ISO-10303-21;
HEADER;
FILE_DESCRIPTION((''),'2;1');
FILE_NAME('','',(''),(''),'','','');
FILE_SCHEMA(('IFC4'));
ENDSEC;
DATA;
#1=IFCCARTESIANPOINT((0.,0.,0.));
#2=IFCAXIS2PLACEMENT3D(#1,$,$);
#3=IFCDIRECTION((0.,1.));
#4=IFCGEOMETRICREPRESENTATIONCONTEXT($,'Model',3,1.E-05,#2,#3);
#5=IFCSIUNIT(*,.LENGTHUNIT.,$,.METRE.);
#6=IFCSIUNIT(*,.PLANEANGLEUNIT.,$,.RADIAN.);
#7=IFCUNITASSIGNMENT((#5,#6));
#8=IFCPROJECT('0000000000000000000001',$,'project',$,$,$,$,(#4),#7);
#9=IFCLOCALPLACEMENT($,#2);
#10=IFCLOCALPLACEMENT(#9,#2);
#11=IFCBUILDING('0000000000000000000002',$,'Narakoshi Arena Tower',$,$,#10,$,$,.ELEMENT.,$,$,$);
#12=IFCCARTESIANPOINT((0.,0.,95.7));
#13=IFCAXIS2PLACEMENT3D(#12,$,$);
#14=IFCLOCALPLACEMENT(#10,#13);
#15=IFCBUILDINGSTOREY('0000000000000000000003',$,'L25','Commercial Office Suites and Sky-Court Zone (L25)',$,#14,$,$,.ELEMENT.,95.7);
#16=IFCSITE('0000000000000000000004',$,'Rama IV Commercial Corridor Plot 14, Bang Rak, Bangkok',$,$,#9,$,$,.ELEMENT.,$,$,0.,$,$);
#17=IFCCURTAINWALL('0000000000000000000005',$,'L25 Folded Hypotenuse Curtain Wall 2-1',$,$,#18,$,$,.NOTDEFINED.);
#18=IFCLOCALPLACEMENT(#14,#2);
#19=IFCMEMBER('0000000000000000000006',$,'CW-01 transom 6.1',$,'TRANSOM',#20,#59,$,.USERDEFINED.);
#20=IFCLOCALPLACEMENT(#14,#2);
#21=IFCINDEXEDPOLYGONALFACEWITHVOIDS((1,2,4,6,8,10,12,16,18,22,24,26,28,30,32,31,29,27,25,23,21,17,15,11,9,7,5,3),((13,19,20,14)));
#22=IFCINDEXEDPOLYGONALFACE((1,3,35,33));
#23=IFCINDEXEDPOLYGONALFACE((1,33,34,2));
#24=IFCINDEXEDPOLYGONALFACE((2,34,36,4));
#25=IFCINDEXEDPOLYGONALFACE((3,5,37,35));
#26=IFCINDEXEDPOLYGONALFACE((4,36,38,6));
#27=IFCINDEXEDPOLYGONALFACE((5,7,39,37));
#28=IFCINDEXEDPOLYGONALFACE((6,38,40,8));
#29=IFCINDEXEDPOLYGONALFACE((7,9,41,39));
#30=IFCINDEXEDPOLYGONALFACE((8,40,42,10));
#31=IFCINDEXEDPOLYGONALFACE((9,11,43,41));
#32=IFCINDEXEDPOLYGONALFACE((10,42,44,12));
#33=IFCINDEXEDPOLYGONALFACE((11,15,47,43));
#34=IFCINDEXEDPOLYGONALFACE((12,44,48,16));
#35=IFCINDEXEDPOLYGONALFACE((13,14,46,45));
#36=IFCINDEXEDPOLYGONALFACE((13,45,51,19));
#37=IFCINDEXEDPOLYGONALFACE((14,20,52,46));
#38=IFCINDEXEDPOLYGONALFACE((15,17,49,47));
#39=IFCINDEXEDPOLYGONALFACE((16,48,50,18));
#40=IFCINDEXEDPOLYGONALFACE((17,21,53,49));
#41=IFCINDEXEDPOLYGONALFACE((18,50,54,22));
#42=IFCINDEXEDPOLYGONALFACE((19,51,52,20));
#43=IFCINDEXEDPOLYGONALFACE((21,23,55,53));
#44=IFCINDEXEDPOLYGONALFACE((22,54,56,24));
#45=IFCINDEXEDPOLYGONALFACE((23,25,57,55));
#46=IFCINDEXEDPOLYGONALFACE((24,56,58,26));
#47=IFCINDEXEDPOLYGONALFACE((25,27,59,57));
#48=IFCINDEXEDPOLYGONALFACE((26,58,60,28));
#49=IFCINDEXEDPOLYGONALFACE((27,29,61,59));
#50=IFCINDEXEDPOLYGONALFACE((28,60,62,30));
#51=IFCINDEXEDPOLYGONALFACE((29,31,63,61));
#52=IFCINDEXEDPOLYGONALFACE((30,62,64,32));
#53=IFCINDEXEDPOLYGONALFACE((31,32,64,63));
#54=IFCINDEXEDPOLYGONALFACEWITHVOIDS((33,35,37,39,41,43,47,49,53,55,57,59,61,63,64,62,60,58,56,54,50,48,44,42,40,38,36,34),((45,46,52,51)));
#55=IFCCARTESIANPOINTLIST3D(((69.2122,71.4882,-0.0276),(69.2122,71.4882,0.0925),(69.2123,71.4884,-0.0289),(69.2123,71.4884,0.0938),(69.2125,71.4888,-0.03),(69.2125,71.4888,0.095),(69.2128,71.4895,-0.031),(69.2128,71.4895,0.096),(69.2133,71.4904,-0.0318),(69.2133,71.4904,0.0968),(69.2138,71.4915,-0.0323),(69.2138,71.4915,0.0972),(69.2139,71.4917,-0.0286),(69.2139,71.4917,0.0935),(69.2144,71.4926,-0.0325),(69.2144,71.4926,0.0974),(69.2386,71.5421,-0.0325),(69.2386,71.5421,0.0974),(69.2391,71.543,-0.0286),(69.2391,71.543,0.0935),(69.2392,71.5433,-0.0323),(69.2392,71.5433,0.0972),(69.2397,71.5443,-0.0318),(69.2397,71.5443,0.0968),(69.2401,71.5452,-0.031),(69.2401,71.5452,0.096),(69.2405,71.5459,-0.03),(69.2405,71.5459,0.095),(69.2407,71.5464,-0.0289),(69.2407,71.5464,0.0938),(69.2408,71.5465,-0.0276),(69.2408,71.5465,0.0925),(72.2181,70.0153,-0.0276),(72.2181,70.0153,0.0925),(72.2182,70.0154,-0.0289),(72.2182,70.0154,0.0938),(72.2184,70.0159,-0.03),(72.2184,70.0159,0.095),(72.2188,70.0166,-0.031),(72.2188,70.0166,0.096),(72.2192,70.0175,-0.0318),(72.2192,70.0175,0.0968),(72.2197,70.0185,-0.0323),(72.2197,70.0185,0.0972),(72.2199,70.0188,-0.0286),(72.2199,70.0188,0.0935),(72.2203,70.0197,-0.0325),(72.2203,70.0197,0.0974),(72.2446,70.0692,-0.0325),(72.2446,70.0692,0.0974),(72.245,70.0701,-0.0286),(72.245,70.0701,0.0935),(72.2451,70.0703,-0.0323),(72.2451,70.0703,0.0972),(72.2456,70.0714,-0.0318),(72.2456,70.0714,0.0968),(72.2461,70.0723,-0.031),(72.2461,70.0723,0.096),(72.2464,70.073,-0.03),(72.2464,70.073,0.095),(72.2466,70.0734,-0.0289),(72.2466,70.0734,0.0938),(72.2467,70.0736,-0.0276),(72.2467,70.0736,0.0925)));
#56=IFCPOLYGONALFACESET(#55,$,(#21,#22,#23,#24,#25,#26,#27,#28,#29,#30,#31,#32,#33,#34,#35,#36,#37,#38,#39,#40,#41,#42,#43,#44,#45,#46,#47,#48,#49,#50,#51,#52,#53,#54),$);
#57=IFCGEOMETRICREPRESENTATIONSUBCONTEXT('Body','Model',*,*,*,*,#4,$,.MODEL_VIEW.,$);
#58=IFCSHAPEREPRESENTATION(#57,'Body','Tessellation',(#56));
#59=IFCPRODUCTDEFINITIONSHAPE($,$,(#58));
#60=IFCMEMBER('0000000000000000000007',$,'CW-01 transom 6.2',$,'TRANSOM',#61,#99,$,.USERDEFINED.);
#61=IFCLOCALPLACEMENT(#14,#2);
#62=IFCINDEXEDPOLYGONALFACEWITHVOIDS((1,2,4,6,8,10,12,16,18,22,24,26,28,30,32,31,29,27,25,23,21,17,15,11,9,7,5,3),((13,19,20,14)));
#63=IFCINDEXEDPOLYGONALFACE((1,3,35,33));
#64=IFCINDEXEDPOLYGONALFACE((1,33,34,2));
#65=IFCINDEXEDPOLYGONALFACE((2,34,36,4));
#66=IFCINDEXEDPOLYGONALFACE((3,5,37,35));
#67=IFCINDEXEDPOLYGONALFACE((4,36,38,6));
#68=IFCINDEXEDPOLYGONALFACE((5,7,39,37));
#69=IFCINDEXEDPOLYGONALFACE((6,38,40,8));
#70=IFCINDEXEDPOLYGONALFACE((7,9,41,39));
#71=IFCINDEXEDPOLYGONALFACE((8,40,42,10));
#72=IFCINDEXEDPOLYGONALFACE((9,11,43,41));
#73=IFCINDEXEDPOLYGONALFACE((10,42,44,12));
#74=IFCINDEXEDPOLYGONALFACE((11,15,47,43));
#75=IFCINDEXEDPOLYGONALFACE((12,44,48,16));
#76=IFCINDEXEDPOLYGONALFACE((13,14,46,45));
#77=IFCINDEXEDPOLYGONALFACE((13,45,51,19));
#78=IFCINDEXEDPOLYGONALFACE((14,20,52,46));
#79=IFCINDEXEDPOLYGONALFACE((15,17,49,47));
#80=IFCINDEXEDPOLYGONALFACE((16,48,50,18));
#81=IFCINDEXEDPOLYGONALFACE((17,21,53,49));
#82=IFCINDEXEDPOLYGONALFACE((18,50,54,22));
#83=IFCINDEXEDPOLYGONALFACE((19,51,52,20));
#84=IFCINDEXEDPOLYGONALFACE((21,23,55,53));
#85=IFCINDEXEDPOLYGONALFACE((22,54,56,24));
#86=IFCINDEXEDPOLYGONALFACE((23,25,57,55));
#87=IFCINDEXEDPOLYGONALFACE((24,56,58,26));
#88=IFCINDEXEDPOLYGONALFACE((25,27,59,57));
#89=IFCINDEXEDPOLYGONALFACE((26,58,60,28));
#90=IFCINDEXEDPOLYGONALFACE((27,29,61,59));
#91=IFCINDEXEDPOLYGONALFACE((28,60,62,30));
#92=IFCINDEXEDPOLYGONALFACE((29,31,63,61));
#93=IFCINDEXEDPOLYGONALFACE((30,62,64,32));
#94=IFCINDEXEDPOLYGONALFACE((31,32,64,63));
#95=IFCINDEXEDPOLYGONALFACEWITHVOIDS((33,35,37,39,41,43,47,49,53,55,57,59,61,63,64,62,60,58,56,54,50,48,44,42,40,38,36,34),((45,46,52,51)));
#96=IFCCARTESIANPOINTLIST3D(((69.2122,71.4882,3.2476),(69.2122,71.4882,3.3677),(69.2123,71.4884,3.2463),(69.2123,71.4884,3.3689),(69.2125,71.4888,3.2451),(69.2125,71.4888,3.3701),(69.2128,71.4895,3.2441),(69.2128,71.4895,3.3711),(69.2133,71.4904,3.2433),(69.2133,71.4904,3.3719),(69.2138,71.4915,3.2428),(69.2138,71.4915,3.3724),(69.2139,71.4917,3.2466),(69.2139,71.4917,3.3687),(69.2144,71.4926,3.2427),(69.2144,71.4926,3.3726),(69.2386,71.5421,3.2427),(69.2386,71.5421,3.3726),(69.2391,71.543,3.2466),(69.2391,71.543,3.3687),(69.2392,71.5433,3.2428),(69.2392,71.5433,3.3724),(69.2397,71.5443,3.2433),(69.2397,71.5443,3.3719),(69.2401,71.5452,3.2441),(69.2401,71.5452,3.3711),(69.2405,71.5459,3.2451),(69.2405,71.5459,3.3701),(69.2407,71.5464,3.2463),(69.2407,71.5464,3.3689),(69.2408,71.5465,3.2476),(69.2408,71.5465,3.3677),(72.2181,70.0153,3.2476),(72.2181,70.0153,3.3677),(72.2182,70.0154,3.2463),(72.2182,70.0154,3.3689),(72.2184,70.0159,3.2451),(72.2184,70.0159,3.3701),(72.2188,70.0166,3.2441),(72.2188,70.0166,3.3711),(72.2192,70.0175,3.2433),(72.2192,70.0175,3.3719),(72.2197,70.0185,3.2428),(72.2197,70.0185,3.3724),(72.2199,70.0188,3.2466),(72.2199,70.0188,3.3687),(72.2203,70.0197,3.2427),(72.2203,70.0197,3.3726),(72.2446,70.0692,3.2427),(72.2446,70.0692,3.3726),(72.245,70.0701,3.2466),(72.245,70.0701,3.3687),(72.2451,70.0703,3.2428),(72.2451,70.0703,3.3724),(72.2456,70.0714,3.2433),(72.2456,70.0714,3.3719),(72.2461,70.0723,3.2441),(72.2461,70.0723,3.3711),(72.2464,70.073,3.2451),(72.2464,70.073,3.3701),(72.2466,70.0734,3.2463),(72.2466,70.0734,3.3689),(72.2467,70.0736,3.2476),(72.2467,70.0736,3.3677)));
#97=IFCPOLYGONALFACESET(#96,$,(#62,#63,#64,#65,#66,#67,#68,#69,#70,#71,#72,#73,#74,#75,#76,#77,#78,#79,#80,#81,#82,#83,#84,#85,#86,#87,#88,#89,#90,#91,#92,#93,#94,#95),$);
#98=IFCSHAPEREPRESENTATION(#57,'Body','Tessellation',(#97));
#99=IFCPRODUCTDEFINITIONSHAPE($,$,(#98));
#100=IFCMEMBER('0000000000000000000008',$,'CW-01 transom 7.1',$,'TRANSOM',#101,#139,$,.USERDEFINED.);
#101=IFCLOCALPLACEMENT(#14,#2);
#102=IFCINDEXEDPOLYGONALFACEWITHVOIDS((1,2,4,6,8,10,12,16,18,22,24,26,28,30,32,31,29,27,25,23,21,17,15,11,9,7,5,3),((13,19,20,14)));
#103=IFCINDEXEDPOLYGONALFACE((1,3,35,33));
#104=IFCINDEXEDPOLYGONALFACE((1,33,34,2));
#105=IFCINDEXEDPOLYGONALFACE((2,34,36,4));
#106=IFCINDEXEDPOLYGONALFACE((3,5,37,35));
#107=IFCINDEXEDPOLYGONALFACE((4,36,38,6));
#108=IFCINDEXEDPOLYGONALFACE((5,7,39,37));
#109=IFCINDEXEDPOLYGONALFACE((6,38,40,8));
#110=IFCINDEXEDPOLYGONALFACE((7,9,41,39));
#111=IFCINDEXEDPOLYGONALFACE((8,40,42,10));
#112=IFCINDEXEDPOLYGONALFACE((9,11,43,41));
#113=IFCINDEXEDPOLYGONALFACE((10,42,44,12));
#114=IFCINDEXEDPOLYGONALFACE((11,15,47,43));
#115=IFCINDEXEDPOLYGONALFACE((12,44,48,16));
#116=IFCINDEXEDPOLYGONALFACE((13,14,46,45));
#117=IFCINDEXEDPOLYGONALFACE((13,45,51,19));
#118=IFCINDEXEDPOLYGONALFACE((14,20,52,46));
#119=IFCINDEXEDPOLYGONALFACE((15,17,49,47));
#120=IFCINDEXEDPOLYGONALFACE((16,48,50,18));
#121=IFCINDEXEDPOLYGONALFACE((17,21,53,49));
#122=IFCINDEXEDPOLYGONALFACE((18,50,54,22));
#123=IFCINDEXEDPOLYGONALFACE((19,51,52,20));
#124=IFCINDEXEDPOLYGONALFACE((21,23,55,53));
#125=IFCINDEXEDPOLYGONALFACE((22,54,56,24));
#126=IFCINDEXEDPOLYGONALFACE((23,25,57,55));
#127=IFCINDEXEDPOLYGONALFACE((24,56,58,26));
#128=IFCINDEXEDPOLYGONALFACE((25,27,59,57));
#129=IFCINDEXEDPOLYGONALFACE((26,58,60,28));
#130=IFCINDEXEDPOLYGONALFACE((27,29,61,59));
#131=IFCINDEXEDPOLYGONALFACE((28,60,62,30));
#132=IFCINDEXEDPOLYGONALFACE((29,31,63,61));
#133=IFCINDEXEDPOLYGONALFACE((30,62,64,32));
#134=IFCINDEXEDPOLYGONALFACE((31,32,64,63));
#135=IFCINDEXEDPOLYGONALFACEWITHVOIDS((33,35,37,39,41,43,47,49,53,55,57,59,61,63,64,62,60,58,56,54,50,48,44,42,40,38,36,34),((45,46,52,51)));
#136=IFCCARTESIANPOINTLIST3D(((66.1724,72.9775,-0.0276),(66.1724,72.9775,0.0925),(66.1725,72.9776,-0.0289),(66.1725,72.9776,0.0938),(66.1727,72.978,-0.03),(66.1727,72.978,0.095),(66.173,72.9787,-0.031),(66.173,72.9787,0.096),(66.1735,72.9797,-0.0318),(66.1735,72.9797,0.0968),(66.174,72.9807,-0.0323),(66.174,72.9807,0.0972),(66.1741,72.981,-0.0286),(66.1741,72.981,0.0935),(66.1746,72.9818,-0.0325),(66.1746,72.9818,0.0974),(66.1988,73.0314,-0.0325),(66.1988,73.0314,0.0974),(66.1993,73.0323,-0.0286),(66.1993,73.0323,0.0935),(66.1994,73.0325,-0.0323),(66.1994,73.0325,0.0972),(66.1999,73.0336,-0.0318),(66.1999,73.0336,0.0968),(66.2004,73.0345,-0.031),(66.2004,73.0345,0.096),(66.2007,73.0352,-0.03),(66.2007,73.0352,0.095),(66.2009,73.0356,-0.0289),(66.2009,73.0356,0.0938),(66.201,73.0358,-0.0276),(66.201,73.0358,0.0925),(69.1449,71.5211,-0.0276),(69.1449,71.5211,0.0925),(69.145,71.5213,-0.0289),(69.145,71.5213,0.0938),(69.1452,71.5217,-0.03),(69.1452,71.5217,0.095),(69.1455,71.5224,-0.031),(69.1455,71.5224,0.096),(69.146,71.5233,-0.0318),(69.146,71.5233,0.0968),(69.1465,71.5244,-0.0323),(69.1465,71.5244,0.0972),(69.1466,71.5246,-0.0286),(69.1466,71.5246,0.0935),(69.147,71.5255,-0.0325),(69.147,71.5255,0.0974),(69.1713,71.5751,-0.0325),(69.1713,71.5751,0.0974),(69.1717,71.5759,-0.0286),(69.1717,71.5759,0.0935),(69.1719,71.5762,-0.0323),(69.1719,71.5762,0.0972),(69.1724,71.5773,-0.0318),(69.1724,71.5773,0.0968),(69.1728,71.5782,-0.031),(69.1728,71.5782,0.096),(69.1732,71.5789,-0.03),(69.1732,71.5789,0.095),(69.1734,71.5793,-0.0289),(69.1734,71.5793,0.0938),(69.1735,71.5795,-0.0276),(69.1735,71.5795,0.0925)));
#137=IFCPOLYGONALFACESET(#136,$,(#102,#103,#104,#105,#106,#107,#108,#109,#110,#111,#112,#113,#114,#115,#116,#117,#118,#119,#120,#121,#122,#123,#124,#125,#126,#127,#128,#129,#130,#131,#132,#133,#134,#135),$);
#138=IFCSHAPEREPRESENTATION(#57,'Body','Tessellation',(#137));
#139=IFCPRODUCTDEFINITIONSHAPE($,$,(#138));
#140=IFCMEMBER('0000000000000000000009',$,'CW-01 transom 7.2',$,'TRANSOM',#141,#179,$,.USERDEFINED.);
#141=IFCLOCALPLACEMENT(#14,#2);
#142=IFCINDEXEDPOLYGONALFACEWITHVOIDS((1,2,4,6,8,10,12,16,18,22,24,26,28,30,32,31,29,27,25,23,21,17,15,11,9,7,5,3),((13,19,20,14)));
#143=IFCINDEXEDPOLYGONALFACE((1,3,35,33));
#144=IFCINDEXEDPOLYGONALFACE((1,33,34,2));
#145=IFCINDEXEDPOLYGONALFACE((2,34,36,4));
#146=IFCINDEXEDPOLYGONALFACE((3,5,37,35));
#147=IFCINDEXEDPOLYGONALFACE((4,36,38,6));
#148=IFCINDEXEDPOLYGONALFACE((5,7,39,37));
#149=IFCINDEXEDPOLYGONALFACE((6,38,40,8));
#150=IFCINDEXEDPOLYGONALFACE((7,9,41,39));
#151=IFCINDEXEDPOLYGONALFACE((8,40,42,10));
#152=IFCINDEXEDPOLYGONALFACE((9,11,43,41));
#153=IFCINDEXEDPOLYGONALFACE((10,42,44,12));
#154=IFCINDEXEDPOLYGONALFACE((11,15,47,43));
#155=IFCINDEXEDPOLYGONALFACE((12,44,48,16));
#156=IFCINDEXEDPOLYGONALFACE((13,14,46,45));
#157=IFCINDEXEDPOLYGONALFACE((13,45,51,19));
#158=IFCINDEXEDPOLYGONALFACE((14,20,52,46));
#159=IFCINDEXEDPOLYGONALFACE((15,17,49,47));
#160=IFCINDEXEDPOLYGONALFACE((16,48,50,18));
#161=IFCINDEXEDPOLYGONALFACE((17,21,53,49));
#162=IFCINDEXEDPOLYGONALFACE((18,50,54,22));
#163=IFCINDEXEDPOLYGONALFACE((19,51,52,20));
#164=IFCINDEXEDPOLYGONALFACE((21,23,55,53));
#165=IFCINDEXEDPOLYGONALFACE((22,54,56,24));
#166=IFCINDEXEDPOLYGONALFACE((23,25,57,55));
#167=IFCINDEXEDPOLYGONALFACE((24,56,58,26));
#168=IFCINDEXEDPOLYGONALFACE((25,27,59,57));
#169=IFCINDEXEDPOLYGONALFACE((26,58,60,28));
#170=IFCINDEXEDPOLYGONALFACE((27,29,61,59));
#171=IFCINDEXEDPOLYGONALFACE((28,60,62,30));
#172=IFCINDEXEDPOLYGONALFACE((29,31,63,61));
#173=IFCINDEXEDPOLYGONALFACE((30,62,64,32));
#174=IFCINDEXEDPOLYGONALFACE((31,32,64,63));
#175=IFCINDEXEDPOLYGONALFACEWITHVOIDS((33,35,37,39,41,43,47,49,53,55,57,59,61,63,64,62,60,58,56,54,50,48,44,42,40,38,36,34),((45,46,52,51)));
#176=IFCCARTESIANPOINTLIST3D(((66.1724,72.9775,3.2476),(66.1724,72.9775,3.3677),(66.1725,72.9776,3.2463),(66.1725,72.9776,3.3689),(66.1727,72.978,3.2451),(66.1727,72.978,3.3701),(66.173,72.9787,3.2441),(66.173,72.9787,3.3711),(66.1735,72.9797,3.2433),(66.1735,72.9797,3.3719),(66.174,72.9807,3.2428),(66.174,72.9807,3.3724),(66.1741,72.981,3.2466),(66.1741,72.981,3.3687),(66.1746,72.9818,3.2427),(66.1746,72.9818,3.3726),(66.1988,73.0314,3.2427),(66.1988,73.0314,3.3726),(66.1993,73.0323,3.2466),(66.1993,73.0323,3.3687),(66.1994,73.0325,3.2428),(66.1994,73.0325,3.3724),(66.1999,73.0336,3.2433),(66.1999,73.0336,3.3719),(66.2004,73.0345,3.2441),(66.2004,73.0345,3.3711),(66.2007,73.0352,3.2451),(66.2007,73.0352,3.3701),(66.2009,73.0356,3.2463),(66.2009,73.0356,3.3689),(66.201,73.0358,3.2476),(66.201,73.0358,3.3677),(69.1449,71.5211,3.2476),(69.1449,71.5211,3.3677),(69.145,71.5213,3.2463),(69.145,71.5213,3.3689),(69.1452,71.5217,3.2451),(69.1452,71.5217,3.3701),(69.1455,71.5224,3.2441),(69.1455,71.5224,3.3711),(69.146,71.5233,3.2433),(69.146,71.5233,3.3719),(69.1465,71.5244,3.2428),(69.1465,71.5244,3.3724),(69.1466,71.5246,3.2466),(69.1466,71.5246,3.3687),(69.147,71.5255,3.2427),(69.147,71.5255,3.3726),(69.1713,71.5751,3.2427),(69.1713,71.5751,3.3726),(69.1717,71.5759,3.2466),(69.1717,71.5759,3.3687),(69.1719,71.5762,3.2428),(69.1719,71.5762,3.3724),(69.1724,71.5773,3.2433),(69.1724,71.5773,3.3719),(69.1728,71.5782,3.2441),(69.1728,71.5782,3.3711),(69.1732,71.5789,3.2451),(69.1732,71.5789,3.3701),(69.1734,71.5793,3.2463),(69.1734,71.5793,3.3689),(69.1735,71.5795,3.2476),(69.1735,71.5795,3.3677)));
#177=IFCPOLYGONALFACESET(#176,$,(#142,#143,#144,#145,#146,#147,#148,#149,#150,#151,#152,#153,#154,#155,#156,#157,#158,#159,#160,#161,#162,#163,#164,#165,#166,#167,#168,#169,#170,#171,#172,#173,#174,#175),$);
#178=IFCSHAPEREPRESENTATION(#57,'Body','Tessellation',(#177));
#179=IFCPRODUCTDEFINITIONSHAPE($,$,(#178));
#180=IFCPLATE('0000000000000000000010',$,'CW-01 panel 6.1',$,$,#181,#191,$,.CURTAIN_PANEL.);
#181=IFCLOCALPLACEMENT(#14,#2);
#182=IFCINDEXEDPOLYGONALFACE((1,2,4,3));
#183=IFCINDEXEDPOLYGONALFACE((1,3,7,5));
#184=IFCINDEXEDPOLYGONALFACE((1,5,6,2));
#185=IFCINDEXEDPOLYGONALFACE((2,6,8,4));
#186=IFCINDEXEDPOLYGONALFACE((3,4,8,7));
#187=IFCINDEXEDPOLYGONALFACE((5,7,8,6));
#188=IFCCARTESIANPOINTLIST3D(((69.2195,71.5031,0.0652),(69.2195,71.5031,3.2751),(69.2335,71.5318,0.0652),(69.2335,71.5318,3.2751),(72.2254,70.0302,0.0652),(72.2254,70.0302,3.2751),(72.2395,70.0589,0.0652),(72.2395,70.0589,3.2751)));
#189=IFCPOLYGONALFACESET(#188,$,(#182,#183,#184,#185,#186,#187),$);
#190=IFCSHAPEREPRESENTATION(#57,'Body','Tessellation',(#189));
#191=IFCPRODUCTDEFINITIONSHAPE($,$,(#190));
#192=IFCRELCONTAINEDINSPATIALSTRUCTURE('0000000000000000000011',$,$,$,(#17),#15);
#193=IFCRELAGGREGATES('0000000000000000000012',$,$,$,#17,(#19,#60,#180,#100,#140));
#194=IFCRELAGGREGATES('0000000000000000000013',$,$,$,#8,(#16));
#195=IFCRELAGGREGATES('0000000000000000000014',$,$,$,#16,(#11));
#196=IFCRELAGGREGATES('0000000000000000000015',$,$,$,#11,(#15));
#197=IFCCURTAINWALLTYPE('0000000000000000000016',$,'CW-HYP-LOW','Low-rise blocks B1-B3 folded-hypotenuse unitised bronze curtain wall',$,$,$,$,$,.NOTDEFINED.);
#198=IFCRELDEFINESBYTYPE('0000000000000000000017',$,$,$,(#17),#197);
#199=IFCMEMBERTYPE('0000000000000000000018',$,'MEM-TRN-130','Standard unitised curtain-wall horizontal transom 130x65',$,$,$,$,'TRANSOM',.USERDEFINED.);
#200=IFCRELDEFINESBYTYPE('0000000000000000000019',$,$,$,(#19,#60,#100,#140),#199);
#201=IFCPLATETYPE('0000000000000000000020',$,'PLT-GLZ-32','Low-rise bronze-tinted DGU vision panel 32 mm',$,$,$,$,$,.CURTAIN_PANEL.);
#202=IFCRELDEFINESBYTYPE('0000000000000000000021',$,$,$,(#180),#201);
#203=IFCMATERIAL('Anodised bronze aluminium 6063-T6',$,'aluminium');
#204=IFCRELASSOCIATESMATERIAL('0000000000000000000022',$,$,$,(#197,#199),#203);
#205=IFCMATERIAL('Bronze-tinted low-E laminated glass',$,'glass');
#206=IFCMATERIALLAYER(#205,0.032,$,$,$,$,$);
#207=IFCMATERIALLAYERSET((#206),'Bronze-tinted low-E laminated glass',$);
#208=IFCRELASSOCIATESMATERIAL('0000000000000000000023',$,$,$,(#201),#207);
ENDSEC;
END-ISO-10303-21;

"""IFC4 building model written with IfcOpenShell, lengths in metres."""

from ifc_helpers import new_model, si_unit, direction, frame, origin, origin_2d, place, context, subcontext, project, spatial, rectangle, hollow_rectangle, extrude, material, layer, layer_set, material_profile, profile_set, type_object, element, aggregate, save


model = new_model("IFC4")

# Units and contexts
model_context = context("Model", 3, precision=1e-05, world=origin(), true_north=direction((0.0, 1.0)))
body_context = subcontext(model_context, "Body", "Model", "MODEL_VIEW")
ifc_project = project(units=[si_unit("LENGTHUNIT", "METRE"), si_unit("PLANEANGLEUNIT", "RADIAN")], contexts=[model_context])

# Site, building, storey
site_placement = place(None, origin())
site = spatial("IfcSite", under=ifc_project, at=site_placement, Name="Rama IV Commercial Corridor Plot 14, Bang Rak, Bangkok", CompositionType="ELEMENT", RefElevation=0.0)
building_placement = place(site_placement, origin())
building = spatial("IfcBuilding", under=site, at=building_placement, Name="Narakoshi Arena Tower", CompositionType="ELEMENT")
storey_placement = place(building_placement, frame((0.0, 0.0, 95.7)))
storey = spatial("IfcBuildingStorey", under=building, at=storey_placement, Name="L25", Description="Commercial Office Suites and Sky-Court Zone (L25)", CompositionType="ELEMENT", Elevation=95.7)

# Curtain wall, members, plate
ifc_material_1 = material(Name="Anodised bronze aluminium 6063-T6", Category="aluminium")
curtain_wall_type = type_object("IfcCurtainWallType", Name="CW-HYP-LOW", Description="Low-rise blocks B1-B3 folded-hypotenuse unitised bronze curtain wall", PredefinedType="NOTDEFINED", material=ifc_material_1)
curtain_wall_placement = place(storey_placement, origin())
curtain_wall = element("IfcCurtainWall", 1, at=curtain_wall_placement, inside=storey, type_object=curtain_wall_type, Name="L25 Folded Hypotenuse Curtain Wall 2-1", PredefinedType="NOTDEFINED")
ifc_material_profile_1 = material_profile(ifc_material_1, hollow_rectangle(XDim=0.0649, YDim=0.1299, WallThickness=0.0039, OuterFilletRadius=0.0049, at=origin_2d()), Name="TRN130x65x4")
ifc_profile_set_1 = profile_set([ifc_material_profile_1], Name="Anodised bronze aluminium 6063-T6")
member_type_1 = type_object("IfcMemberType", Name="MEM-TRN-130", Description="Standard unitised curtain-wall horizontal transom 130x65", ElementType="TRANSOM", PredefinedType="USERDEFINED", material=ifc_profile_set_1)
member_1_placement = place(storey_placement, frame((72.2324, 70.0444, 0.0325), z_axis=(-0.897987, 0.440022, 0.0), x_axis=(-0.440022, -0.897987, 0.0)))
member_1 = element("IfcMember", 2, at=member_1_placement, type_object=member_type_1, Name="CW-01 transom 6.1", ObjectType="TRANSOM", PredefinedType="USERDEFINED", context=body_context, shape_type="SweptSolid", body=[
    extrude(hollow_rectangle(XDim=0.0649, YDim=0.1299, WallThickness=0.0039, OuterFilletRadius=0.0049, at=origin_2d()), origin(), (0.0, 0.0, 1.0), 3.3474),
])
member_2_placement = place(storey_placement, frame((72.2324, 70.0444, 3.3076), z_axis=(-0.897987, 0.440022, 0.0), x_axis=(-0.440022, -0.897987, 0.0)))
member_2 = element("IfcMember", 3, at=member_2_placement, type_object=member_type_1, Name="CW-01 transom 6.2", ObjectType="TRANSOM", PredefinedType="USERDEFINED", context=body_context, shape_type="SweptSolid", body=[
    extrude(hollow_rectangle(XDim=0.0649, YDim=0.1299, WallThickness=0.0039, OuterFilletRadius=0.0049, at=origin_2d()), origin(), (0.0, 0.0, 1.0), 3.3474),
])
member_3_placement = place(storey_placement, frame((69.1592, 71.5503, 0.0325), z_axis=(-0.898012, 0.439971, 0.0), x_axis=(-0.439971, -0.898012, 0.0)))
member_3 = element("IfcMember", 4, at=member_3_placement, type_object=member_type_1, Name="CW-01 transom 7.1", ObjectType="TRANSOM", PredefinedType="USERDEFINED", context=body_context, shape_type="SweptSolid", body=[
    extrude(hollow_rectangle(XDim=0.0649, YDim=0.1299, WallThickness=0.0039, OuterFilletRadius=0.0049, at=origin_2d()), origin(), (0.0, 0.0, 1.0), 3.3101),
])
member_4_placement = place(storey_placement, frame((69.1592, 71.5503, 3.3076), z_axis=(-0.898012, 0.439971, 0.0), x_axis=(-0.439971, -0.898012, 0.0)))
member_4 = element("IfcMember", 5, at=member_4_placement, type_object=member_type_1, Name="CW-01 transom 7.2", ObjectType="TRANSOM", PredefinedType="USERDEFINED", context=body_context, shape_type="SweptSolid", body=[
    extrude(hollow_rectangle(XDim=0.0649, YDim=0.1299, WallThickness=0.0039, OuterFilletRadius=0.0049, at=origin_2d()), origin(), (0.0, 0.0, 1.0), 3.3101),
])
ifc_material_2 = material(Name="Bronze-tinted low-E laminated glass", Category="glass")
ifc_layer_1 = layer(ifc_material_2, 0.032)
ifc_layer_set_1 = layer_set([ifc_layer_1], Name="Bronze-tinted low-E laminated glass")
plate_type = type_object("IfcPlateType", Name="PLT-GLZ-32", Description="Low-rise bronze-tinted DGU vision panel 32 mm", PredefinedType="CURTAIN_PANEL", material=ifc_layer_set_1)
plate_1_placement = place(storey_placement, frame((70.7295, 70.781, 0.0652), z_axis=(0.0, 0.0, 1.0), x_axis=(-0.897996, 0.440005, 0.0)))
plate_1 = element("IfcPlate", 6, at=plate_1_placement, type_object=plate_type, Name="CW-01 panel 6.1", PredefinedType="CURTAIN_PANEL", context=body_context, shape_type="SweptSolid", body=[
    extrude(rectangle(XDim=3.3474, YDim=0.032, at=origin_2d()), origin(), (0.0, 0.0, 1.0), 3.21),
])
aggregate(curtain_wall, [member_1, member_2, plate_1, member_3, member_4])

save(model, "model.ifc")
